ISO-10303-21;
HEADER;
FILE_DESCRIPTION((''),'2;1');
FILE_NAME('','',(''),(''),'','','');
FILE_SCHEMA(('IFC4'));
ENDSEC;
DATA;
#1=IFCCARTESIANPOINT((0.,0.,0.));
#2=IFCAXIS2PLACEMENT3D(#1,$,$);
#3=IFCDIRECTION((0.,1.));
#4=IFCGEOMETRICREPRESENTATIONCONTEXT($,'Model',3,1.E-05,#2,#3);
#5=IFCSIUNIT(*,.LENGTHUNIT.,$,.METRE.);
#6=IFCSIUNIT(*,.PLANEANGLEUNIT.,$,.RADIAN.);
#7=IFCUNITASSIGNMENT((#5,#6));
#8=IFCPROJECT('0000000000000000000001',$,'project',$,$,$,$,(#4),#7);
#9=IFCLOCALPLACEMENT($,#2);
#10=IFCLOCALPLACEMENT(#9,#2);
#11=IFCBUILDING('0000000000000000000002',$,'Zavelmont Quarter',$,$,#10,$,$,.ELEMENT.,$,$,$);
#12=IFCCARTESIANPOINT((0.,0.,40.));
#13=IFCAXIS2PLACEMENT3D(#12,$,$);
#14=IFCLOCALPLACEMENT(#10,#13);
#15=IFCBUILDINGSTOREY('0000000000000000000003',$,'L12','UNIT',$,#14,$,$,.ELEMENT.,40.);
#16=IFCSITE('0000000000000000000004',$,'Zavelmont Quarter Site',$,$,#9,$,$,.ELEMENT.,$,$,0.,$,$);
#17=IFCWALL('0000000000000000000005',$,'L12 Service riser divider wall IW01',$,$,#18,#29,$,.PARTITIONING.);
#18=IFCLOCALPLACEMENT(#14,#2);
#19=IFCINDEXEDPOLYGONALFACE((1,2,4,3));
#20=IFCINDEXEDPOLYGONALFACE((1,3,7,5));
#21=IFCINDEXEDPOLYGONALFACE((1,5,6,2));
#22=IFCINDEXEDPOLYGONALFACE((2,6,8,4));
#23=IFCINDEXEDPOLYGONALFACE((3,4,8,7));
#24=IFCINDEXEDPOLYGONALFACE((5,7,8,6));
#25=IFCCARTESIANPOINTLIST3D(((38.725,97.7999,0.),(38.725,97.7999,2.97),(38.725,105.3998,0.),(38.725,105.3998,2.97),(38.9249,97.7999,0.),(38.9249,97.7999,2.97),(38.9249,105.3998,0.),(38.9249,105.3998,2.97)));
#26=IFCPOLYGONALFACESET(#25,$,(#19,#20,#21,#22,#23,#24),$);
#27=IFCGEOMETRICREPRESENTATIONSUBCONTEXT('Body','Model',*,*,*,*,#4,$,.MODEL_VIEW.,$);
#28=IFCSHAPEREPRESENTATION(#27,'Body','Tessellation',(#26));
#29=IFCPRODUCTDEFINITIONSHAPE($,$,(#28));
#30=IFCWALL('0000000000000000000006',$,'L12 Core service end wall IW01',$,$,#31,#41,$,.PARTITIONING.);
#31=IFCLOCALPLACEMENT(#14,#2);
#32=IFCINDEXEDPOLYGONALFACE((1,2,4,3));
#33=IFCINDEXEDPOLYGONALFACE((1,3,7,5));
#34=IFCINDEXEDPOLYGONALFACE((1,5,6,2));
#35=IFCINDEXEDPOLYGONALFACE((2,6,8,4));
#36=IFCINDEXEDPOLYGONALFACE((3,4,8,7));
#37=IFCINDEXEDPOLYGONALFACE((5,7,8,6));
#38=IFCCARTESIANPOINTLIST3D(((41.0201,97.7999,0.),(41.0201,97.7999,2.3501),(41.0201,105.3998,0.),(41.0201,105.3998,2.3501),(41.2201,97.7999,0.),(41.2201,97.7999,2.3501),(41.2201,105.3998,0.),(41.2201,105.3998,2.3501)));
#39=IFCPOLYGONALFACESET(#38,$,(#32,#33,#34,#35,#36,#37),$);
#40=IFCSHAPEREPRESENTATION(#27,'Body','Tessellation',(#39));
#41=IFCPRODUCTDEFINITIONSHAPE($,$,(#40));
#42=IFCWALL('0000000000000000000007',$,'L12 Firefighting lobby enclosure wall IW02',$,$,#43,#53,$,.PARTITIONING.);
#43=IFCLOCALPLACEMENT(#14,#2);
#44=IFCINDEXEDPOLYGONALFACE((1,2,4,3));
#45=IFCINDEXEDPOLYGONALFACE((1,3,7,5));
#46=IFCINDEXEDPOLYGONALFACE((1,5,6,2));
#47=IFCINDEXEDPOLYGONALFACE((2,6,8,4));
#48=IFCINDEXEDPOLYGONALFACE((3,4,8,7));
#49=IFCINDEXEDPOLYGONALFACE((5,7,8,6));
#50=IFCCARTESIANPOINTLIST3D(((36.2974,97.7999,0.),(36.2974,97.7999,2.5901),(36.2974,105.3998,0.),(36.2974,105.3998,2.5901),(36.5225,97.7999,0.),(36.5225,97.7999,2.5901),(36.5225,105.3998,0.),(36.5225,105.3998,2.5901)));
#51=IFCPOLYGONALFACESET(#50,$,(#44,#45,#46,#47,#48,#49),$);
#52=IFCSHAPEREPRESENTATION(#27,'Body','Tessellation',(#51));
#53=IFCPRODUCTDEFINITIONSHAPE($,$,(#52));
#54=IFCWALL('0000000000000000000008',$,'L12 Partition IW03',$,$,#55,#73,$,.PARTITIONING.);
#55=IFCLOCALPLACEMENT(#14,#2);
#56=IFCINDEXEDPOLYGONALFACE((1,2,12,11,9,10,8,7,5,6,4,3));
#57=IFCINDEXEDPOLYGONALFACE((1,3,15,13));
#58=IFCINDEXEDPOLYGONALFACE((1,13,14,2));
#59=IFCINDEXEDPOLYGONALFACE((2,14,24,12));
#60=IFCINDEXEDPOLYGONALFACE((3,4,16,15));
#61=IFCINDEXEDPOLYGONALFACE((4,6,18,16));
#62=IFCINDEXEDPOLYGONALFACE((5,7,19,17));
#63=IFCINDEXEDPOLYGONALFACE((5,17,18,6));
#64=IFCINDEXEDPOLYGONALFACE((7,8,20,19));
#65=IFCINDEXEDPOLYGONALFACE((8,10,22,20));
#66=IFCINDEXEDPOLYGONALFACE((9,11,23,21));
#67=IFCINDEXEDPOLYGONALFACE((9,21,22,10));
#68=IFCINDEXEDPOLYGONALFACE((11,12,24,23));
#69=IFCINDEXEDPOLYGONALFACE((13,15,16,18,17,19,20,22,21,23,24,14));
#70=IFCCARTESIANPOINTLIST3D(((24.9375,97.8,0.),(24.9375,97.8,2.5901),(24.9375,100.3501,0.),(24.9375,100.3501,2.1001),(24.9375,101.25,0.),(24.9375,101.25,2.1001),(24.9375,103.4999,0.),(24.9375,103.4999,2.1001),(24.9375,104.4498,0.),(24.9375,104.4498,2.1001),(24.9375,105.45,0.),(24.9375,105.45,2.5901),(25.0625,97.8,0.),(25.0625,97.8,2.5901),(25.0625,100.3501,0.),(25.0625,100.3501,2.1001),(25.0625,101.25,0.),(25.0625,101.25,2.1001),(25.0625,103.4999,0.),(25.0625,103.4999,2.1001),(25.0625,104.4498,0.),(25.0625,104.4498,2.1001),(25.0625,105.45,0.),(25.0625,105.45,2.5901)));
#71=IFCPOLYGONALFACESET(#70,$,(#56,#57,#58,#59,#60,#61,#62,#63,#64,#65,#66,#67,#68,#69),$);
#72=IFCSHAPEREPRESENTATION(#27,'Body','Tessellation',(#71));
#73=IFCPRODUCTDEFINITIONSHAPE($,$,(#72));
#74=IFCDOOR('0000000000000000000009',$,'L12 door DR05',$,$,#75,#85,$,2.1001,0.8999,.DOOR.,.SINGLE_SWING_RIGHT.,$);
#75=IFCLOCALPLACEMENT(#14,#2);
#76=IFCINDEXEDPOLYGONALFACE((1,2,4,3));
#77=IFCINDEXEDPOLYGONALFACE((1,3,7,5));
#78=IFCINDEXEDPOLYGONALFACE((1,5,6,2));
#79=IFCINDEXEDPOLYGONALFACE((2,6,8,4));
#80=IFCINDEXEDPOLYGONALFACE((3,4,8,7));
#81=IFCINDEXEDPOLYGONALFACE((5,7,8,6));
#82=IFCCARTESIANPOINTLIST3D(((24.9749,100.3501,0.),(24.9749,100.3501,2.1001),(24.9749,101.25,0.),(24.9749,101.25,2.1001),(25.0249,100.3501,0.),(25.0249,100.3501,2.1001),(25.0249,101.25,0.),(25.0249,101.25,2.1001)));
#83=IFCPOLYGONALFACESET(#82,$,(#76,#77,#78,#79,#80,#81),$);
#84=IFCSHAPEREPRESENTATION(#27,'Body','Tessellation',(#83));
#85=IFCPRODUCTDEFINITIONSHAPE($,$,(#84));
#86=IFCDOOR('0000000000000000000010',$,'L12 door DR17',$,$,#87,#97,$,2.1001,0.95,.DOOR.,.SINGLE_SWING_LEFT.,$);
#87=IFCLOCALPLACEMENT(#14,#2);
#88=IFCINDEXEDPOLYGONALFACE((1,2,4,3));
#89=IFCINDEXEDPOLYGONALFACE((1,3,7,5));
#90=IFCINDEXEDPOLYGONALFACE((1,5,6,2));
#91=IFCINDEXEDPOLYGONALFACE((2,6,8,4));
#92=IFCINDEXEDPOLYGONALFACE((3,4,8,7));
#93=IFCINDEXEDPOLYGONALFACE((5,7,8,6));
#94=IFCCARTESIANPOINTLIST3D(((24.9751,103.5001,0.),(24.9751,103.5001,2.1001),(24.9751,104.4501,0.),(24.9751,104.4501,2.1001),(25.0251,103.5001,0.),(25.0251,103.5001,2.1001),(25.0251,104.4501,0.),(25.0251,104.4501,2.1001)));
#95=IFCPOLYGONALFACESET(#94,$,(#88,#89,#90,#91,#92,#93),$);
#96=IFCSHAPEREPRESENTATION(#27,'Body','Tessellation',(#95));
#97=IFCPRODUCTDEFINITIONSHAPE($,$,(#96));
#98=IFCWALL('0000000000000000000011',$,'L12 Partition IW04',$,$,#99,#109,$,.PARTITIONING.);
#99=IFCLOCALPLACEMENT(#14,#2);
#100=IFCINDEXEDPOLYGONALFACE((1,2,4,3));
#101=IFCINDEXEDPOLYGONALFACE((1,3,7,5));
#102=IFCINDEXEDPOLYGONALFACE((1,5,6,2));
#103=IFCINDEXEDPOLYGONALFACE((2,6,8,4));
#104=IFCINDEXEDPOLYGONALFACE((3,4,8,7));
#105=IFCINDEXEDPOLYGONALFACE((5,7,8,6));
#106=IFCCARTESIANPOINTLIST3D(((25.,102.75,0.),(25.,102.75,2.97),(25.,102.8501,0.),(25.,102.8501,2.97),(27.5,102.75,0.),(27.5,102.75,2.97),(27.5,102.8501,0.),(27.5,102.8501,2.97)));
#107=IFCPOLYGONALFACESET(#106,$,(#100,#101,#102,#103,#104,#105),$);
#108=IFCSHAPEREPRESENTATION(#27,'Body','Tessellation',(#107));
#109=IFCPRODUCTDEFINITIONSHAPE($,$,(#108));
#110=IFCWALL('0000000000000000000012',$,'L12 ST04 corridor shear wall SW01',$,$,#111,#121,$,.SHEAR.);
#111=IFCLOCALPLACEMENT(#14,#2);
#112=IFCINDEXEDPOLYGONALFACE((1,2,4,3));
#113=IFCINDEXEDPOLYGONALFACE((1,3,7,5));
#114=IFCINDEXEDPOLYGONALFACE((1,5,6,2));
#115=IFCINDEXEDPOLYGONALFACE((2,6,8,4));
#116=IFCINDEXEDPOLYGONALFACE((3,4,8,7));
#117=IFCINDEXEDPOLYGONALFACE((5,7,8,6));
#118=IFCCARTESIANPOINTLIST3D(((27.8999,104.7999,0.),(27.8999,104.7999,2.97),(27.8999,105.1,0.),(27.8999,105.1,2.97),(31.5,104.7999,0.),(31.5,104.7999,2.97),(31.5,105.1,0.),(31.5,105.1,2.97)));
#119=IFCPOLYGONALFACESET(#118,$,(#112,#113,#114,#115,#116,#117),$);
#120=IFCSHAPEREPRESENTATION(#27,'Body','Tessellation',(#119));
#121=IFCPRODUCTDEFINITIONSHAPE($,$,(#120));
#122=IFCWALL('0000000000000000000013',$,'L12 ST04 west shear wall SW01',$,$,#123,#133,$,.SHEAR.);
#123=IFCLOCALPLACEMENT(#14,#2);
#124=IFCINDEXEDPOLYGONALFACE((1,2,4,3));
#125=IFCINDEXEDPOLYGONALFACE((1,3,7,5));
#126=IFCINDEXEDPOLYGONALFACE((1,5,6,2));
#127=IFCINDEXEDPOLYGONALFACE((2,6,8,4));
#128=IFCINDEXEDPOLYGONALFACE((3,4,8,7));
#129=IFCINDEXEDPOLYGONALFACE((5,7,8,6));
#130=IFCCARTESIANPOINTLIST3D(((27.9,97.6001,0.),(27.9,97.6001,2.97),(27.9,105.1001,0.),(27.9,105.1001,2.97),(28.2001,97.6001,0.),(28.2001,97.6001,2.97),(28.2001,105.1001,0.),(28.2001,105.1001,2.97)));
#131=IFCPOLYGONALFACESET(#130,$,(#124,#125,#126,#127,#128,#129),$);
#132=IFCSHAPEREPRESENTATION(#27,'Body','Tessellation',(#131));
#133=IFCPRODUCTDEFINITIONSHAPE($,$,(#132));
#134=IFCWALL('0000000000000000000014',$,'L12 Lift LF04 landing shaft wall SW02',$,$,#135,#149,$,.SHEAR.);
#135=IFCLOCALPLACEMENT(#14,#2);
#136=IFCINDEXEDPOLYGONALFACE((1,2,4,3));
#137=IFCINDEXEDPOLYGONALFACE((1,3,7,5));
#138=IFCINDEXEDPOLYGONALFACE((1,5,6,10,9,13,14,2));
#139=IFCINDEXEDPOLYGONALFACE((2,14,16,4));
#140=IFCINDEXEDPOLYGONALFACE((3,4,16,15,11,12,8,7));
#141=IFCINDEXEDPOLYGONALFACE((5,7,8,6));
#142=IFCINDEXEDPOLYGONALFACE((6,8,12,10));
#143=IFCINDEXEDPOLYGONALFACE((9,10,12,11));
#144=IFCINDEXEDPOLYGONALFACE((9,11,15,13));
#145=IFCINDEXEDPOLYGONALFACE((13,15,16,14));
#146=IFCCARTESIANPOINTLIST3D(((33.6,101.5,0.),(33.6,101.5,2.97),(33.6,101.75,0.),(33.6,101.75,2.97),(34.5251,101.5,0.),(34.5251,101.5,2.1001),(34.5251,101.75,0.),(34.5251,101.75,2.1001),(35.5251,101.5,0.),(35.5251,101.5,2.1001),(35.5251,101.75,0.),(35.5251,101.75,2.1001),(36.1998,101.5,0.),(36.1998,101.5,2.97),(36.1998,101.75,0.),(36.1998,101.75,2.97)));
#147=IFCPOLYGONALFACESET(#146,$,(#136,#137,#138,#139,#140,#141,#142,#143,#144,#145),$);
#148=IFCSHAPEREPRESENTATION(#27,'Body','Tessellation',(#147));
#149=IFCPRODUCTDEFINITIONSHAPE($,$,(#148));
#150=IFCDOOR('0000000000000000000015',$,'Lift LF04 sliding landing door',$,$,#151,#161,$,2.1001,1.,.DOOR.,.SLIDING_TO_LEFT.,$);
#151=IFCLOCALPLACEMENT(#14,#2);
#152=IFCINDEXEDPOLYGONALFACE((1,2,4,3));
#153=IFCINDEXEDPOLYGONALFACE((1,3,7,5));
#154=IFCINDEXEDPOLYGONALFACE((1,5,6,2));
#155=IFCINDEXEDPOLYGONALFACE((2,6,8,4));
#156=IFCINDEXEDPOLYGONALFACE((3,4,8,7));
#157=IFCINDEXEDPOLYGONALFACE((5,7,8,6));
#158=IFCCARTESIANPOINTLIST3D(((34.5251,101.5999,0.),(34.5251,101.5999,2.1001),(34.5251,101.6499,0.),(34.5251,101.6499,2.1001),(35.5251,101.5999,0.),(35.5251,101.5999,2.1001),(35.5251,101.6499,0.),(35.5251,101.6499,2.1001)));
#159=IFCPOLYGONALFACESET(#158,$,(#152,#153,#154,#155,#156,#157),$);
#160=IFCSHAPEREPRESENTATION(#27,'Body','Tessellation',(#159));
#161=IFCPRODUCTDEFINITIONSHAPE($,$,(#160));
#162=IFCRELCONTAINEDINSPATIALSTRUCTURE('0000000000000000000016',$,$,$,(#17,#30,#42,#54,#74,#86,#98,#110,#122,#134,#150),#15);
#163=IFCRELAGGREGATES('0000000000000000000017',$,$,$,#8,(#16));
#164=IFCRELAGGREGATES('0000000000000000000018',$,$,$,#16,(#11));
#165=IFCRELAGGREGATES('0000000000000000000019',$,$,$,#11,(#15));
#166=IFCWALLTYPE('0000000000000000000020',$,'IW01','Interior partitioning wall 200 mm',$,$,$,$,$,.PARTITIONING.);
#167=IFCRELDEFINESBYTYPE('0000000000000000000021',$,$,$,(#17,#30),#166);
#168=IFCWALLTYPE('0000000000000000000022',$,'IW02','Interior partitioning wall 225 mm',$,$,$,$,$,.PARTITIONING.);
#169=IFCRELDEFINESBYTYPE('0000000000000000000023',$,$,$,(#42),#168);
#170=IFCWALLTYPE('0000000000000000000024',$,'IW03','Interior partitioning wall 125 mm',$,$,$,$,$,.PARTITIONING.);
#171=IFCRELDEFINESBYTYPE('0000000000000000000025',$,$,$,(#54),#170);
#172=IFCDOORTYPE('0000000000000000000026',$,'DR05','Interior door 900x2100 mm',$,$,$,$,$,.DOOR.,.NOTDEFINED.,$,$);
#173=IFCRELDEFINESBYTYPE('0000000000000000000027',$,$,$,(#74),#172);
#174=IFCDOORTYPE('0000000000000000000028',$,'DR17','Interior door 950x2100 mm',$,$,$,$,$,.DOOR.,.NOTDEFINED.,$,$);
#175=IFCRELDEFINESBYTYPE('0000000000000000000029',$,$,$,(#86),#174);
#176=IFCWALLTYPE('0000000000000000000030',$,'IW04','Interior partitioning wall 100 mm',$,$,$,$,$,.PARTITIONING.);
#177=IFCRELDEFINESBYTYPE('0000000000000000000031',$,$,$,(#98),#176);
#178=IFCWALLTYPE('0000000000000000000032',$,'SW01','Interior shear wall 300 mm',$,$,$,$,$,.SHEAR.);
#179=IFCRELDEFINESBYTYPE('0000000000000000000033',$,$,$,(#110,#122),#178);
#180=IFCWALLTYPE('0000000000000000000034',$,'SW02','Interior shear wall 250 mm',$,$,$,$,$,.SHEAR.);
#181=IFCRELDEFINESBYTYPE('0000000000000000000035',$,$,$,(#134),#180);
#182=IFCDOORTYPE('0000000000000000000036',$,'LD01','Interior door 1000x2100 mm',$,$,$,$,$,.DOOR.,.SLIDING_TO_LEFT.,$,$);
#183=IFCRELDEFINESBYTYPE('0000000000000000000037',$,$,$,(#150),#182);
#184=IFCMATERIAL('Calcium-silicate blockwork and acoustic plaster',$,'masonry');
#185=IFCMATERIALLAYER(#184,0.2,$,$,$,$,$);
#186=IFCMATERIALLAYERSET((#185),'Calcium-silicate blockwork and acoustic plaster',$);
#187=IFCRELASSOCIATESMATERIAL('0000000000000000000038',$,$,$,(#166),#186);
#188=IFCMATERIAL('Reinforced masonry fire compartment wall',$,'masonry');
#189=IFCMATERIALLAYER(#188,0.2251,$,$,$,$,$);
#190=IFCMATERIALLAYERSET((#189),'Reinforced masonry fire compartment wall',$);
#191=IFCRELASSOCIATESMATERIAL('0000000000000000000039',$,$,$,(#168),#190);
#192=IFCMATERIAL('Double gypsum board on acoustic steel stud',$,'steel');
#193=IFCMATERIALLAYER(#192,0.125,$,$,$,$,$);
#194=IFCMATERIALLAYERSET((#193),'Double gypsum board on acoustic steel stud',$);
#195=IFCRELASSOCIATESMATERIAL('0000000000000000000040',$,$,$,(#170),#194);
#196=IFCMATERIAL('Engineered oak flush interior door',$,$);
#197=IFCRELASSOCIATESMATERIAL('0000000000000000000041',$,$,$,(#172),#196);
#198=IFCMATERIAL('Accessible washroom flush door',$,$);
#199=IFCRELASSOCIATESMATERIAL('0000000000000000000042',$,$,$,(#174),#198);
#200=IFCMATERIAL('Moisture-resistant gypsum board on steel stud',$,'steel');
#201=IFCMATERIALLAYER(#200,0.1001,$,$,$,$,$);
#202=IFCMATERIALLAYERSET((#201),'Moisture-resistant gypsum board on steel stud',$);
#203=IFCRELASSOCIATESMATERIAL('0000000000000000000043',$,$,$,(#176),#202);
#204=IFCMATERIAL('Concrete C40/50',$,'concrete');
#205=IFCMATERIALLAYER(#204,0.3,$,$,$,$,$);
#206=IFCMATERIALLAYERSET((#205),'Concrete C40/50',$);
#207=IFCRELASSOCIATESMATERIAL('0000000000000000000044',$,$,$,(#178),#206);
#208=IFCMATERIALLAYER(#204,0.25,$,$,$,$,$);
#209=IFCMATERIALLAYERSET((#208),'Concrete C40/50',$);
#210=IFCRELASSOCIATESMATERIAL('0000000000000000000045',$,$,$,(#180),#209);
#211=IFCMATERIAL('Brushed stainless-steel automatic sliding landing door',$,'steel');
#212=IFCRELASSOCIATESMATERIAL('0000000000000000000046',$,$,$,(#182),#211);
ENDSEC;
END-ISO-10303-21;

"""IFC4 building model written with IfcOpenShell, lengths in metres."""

from ifc_helpers import new_model, si_unit, direction, frame, frame_2d, origin, origin_with_axes, place, context, subcontext, project, spatial, rectangle, extrude, material, layer, layer_set, type_object, element, fill, save


model = new_model("IFC4")

# Units and contexts
model_context = context("Model", 3, precision=1e-05, world=origin(), true_north=direction((0.0, 1.0)))
body_context = subcontext(model_context, "Body", "Model", "MODEL_VIEW")
ifc_project = project(units=[si_unit("LENGTHUNIT", "METRE"), si_unit("PLANEANGLEUNIT", "RADIAN")], contexts=[model_context])

# Site, building, storey
site_placement = place(None, origin())
site = spatial("IfcSite", under=ifc_project, at=site_placement, Name="Zavelmont Quarter Site", CompositionType="ELEMENT", RefElevation=0.0)
building_placement = place(site_placement, origin())
building = spatial("IfcBuilding", under=site, at=building_placement, Name="Zavelmont Quarter", CompositionType="ELEMENT")
storey_placement = place(building_placement, frame((0.0, 0.0, 40.0)))
storey = spatial("IfcBuildingStorey", under=building, at=storey_placement, Name="L12", Description="UNIT", CompositionType="ELEMENT", Elevation=40.0)

# Shared definitions
ifc_material_1 = material(Name="Concrete C40/50", Category="concrete")

# Walls
ifc_material_2 = material(Name="Calcium-silicate blockwork and acoustic plaster", Category="masonry")
ifc_layer_1 = layer(ifc_material_2, 0.2)
ifc_layer_set_1 = layer_set([ifc_layer_1], Name="Calcium-silicate blockwork and acoustic plaster")
wall_type_1 = type_object("IfcWallType", Name="IW01", Description="Interior partitioning wall 200 mm", PredefinedType="PARTITIONING", material=ifc_layer_set_1)
wall_1_placement = place(storey_placement, frame((38.825, 97.8, 0.0), z_axis=(0.0, 0.0, 1.0), x_axis=(0.0, 1.0, 0.0)))
element("IfcWall", 1, at=wall_1_placement, inside=storey, type_object=wall_type_1, Name="L12 Service riser divider wall IW01", PredefinedType="PARTITIONING", context=body_context, shape_type="SweptSolid", body=[
    extrude(rectangle(XDim=7.5999, YDim=0.2, at=frame_2d((3.7998, 0.0))), origin(), (0.0, 0.0, 1.0), 2.97),
])
wall_2_placement = place(storey_placement, frame((41.1201, 97.8, 0.0), z_axis=(0.0, 0.0, 1.0), x_axis=(0.0, 1.0, 0.0)))
element("IfcWall", 2, at=wall_2_placement, inside=storey, type_object=wall_type_1, Name="L12 Core service end wall IW01", PredefinedType="PARTITIONING", context=body_context, shape_type="SweptSolid", body=[
    extrude(rectangle(XDim=7.5999, YDim=0.2, at=frame_2d((3.7998, 0.0))), origin(), (0.0, 0.0, 1.0), 2.3501),
])
ifc_material_3 = material(Name="Reinforced masonry fire compartment wall", Category="masonry")
ifc_layer_2 = layer(ifc_material_3, 0.2251)
ifc_layer_set_2 = layer_set([ifc_layer_2], Name="Reinforced masonry fire compartment wall")
wall_type_2 = type_object("IfcWallType", Name="IW02", Description="Interior partitioning wall 225 mm", PredefinedType="PARTITIONING", material=ifc_layer_set_2)
wall_3_placement = place(storey_placement, frame((36.4099, 97.8, 0.0), z_axis=(0.0, 0.0, 1.0), x_axis=(0.0, 1.0, 0.0)))
element("IfcWall", 3, at=wall_3_placement, inside=storey, type_object=wall_type_2, Name="L12 Firefighting lobby enclosure wall IW02", PredefinedType="PARTITIONING", context=body_context, shape_type="SweptSolid", body=[
    extrude(rectangle(XDim=7.5999, YDim=0.2251, at=frame_2d((3.7998, 0.0))), origin(), (0.0, 0.0, 1.0), 2.5901),
])

# Wall, openings, doors
ifc_material_4 = material(Name="Double gypsum board on acoustic steel stud", Category="steel")
ifc_layer_3 = layer(ifc_material_4, 0.125)
ifc_layer_set_3 = layer_set([ifc_layer_3], Name="Double gypsum board on acoustic steel stud")
wall_type_3 = type_object("IfcWallType", Name="IW03", Description="Interior partitioning wall 125 mm", PredefinedType="PARTITIONING", material=ifc_layer_set_3)
wall_4_placement = place(storey_placement, frame((25.0, 105.45, 0.0), z_axis=(0.0, 0.0, 1.0), x_axis=(0.0, -1.0, 0.0)))
wall_4 = element("IfcWall", 4, at=wall_4_placement, inside=storey, type_object=wall_type_3, Name="L12 Partition IW03", PredefinedType="PARTITIONING", context=body_context, shape_type="SweptSolid", body=[
    extrude(rectangle(XDim=7.6499, YDim=0.125, at=frame_2d((3.825, 0.0))), origin(), (0.0, 0.0, 1.0), 2.5901),
])
opening_1_placement = place(wall_4_placement, frame((1.0, 0.0, 0.0)))
opening_1 = element("IfcOpeningElement", 5, at=opening_1_placement, cuts=wall_4, PredefinedType="OPENING", context=body_context, shape_type="SweptSolid", body=[
    extrude(rectangle(XDim=0.95, YDim=2.1001, at=frame_2d((0.4751, 1.05))), frame((0.0, 0.0745, 0.0), z_axis=(0.0, -1.0, 0.0), x_axis=(1.0, 0.0, 0.0)), (0.0, 0.0, 1.0), 0.1489),
])
opening_2_placement = place(wall_4_placement, frame((4.2, 0.0, 0.0)))
opening_2 = element("IfcOpeningElement", 6, at=opening_2_placement, cuts=wall_4, PredefinedType="OPENING", context=body_context, shape_type="SweptSolid", body=[
    extrude(rectangle(XDim=0.8999, YDim=2.1001, at=frame_2d((0.45, 1.05))), frame((0.0, 0.0745, 0.0), z_axis=(0.0, -1.0, 0.0), x_axis=(1.0, 0.0, 0.0)), (0.0, 0.0, 1.0), 0.1489),
])
ifc_material_5 = material(Name="Engineered oak flush interior door")
door_type_1 = type_object("IfcDoorType", Name="DR05", Description="Interior door 900x2100 mm", OperationType="NOTDEFINED", PredefinedType="DOOR", material=ifc_material_5)
door_1_placement = place(opening_2_placement, origin_with_axes())
door_1 = element("IfcDoor", 7, at=door_1_placement, inside=storey, type_object=door_type_1, Name="L12 door DR05", OperationType="SINGLE_SWING_RIGHT", OverallHeight=2.1001, OverallWidth=0.8999, PredefinedType="DOOR", context=body_context, shape_type="SweptSolid", body=[
    extrude(rectangle(XDim=0.8999, YDim=2.1001, at=frame_2d((0.45, 1.05))), frame((0.0, 0.0249, 0.0), z_axis=(0.0, -1.0, 0.0), x_axis=(1.0, 0.0, 0.0)), (0.0, 0.0, 1.0), 0.05),
])
fill(opening_2, door_1)
ifc_material_6 = material(Name="Accessible washroom flush door")
door_type_2 = type_object("IfcDoorType", Name="DR17", Description="Interior door 950x2100 mm", OperationType="NOTDEFINED", PredefinedType="DOOR", material=ifc_material_6)
door_2_placement = place(opening_1_placement, frame((0.95, 0.0, 0.0), z_axis=(0.0, 0.0, 1.0), x_axis=(-1.0, 0.0, 0.0)))
door_2 = element("IfcDoor", 8, at=door_2_placement, inside=storey, type_object=door_type_2, Name="L12 door DR17", OperationType="SINGLE_SWING_LEFT", OverallHeight=2.1001, OverallWidth=0.95, PredefinedType="DOOR", context=body_context, shape_type="SweptSolid", body=[
    extrude(rectangle(XDim=0.95, YDim=2.1001, at=frame_2d((0.4751, 1.05))), frame((0.0, 0.0249, 0.0), z_axis=(0.0, -1.0, 0.0), x_axis=(1.0, 0.0, 0.0)), (0.0, 0.0, 1.0), 0.05),
])
fill(opening_1, door_2)

# Walls
ifc_material_7 = material(Name="Moisture-resistant gypsum board on steel stud", Category="steel")
ifc_layer_4 = layer(ifc_material_7, 0.1001)
ifc_layer_set_4 = layer_set([ifc_layer_4], Name="Moisture-resistant gypsum board on steel stud")
wall_type_4 = type_object("IfcWallType", Name="IW04", Description="Interior partitioning wall 100 mm", PredefinedType="PARTITIONING", material=ifc_layer_set_4)
wall_5_placement = place(storey_placement, frame((25.0, 102.8, 0.0), z_axis=(0.0, 0.0, 1.0), x_axis=(1.0, 0.0, 0.0)))
element("IfcWall", 9, at=wall_5_placement, inside=storey, type_object=wall_type_4, Name="L12 Partition IW04", PredefinedType="PARTITIONING", context=body_context, shape_type="SweptSolid", body=[
    extrude(rectangle(XDim=2.5, YDim=0.1001, at=frame_2d((1.25, 0.0))), origin(), (0.0, 0.0, 1.0), 2.97),
])
ifc_layer_5 = layer(ifc_material_1, 0.3)
ifc_layer_set_5 = layer_set([ifc_layer_5], Name="Concrete C40/50")
wall_type_5 = type_object("IfcWallType", Name="SW01", Description="Interior shear wall 300 mm", PredefinedType="SHEAR", material=ifc_layer_set_5)
wall_6_placement = place(storey_placement, frame((27.8999, 104.95, 0.0), z_axis=(0.0, 0.0, 1.0), x_axis=(1.0, 0.0, 0.0)))
element("IfcWall", 10, at=wall_6_placement, inside=storey, type_object=wall_type_5, Name="L12 ST04 corridor shear wall SW01", PredefinedType="SHEAR", context=body_context, shape_type="SweptSolid", body=[
    extrude(rectangle(XDim=3.6001, YDim=0.3, at=frame_2d((1.8, 0.0))), origin(), (0.0, 0.0, 1.0), 2.97),
])
wall_7_placement = place(storey_placement, frame((28.05, 97.6001, 0.0), z_axis=(0.0, 0.0, 1.0), x_axis=(0.0, 1.0, 0.0)))
element("IfcWall", 11, at=wall_7_placement, inside=storey, type_object=wall_type_5, Name="L12 ST04 west shear wall SW01", PredefinedType="SHEAR", context=body_context, shape_type="SweptSolid", body=[
    extrude(rectangle(XDim=7.5, YDim=0.3, at=frame_2d((3.75, 0.0))), origin(), (0.0, 0.0, 1.0), 2.97),
])

# Wall, opening, door
ifc_layer_6 = layer(ifc_material_1, 0.25)
ifc_layer_set_6 = layer_set([ifc_layer_6], Name="Concrete C40/50")
wall_type_6 = type_object("IfcWallType", Name="SW02", Description="Interior shear wall 250 mm", PredefinedType="SHEAR", material=ifc_layer_set_6)
wall_8_placement = place(storey_placement, frame((33.6001, 101.625, 0.0), z_axis=(0.0, 0.0, 1.0), x_axis=(1.0, 0.0, 0.0)))
wall_8 = element("IfcWall", 12, at=wall_8_placement, inside=storey, type_object=wall_type_6, Name="L12 Lift LF04 landing shaft wall SW02", PredefinedType="SHEAR", context=body_context, shape_type="SweptSolid", body=[
    extrude(rectangle(XDim=2.5999, YDim=0.25, at=frame_2d((1.2998, 0.0))), origin(), (0.0, 0.0, 1.0), 2.97),
])
opening_3_placement = place(wall_8_placement, frame((0.925, 0.0, 0.0)))
opening_3 = element("IfcOpeningElement", 13, at=opening_3_placement, cuts=wall_8, PredefinedType="OPENING", context=body_context, shape_type="SweptSolid", body=[
    extrude(rectangle(XDim=1.0, YDim=2.1001, at=frame_2d((0.5, 1.05))), frame((0.0, 0.137, 0.0), z_axis=(0.0, -1.0, 0.0), x_axis=(1.0, 0.0, 0.0)), (0.0, 0.0, 1.0), 0.2739),
])
ifc_material_8 = material(Name="Brushed stainless-steel automatic sliding landing door", Category="steel")
door_type_3 = type_object("IfcDoorType", Name="LD01", Description="Interior door 1000x2100 mm", OperationType="SLIDING_TO_LEFT", PredefinedType="DOOR", material=ifc_material_8)
door_3_placement = place(opening_3_placement, origin_with_axes())
door_3 = element("IfcDoor", 14, at=door_3_placement, inside=storey, type_object=door_type_3, Name="Lift LF04 sliding landing door", OperationType="SLIDING_TO_LEFT", OverallHeight=2.1001, OverallWidth=1.0, PredefinedType="DOOR", context=body_context, shape_type="SweptSolid", body=[
    extrude(rectangle(XDim=1.0, YDim=2.1001, at=frame_2d((0.5, 1.05))), frame((0.0, 0.0249, 0.0), z_axis=(0.0, -1.0, 0.0), x_axis=(1.0, 0.0, 0.0)), (0.0, 0.0, 1.0), 0.05),
])
fill(opening_3, door_3)

save(model, "model.ifc")
